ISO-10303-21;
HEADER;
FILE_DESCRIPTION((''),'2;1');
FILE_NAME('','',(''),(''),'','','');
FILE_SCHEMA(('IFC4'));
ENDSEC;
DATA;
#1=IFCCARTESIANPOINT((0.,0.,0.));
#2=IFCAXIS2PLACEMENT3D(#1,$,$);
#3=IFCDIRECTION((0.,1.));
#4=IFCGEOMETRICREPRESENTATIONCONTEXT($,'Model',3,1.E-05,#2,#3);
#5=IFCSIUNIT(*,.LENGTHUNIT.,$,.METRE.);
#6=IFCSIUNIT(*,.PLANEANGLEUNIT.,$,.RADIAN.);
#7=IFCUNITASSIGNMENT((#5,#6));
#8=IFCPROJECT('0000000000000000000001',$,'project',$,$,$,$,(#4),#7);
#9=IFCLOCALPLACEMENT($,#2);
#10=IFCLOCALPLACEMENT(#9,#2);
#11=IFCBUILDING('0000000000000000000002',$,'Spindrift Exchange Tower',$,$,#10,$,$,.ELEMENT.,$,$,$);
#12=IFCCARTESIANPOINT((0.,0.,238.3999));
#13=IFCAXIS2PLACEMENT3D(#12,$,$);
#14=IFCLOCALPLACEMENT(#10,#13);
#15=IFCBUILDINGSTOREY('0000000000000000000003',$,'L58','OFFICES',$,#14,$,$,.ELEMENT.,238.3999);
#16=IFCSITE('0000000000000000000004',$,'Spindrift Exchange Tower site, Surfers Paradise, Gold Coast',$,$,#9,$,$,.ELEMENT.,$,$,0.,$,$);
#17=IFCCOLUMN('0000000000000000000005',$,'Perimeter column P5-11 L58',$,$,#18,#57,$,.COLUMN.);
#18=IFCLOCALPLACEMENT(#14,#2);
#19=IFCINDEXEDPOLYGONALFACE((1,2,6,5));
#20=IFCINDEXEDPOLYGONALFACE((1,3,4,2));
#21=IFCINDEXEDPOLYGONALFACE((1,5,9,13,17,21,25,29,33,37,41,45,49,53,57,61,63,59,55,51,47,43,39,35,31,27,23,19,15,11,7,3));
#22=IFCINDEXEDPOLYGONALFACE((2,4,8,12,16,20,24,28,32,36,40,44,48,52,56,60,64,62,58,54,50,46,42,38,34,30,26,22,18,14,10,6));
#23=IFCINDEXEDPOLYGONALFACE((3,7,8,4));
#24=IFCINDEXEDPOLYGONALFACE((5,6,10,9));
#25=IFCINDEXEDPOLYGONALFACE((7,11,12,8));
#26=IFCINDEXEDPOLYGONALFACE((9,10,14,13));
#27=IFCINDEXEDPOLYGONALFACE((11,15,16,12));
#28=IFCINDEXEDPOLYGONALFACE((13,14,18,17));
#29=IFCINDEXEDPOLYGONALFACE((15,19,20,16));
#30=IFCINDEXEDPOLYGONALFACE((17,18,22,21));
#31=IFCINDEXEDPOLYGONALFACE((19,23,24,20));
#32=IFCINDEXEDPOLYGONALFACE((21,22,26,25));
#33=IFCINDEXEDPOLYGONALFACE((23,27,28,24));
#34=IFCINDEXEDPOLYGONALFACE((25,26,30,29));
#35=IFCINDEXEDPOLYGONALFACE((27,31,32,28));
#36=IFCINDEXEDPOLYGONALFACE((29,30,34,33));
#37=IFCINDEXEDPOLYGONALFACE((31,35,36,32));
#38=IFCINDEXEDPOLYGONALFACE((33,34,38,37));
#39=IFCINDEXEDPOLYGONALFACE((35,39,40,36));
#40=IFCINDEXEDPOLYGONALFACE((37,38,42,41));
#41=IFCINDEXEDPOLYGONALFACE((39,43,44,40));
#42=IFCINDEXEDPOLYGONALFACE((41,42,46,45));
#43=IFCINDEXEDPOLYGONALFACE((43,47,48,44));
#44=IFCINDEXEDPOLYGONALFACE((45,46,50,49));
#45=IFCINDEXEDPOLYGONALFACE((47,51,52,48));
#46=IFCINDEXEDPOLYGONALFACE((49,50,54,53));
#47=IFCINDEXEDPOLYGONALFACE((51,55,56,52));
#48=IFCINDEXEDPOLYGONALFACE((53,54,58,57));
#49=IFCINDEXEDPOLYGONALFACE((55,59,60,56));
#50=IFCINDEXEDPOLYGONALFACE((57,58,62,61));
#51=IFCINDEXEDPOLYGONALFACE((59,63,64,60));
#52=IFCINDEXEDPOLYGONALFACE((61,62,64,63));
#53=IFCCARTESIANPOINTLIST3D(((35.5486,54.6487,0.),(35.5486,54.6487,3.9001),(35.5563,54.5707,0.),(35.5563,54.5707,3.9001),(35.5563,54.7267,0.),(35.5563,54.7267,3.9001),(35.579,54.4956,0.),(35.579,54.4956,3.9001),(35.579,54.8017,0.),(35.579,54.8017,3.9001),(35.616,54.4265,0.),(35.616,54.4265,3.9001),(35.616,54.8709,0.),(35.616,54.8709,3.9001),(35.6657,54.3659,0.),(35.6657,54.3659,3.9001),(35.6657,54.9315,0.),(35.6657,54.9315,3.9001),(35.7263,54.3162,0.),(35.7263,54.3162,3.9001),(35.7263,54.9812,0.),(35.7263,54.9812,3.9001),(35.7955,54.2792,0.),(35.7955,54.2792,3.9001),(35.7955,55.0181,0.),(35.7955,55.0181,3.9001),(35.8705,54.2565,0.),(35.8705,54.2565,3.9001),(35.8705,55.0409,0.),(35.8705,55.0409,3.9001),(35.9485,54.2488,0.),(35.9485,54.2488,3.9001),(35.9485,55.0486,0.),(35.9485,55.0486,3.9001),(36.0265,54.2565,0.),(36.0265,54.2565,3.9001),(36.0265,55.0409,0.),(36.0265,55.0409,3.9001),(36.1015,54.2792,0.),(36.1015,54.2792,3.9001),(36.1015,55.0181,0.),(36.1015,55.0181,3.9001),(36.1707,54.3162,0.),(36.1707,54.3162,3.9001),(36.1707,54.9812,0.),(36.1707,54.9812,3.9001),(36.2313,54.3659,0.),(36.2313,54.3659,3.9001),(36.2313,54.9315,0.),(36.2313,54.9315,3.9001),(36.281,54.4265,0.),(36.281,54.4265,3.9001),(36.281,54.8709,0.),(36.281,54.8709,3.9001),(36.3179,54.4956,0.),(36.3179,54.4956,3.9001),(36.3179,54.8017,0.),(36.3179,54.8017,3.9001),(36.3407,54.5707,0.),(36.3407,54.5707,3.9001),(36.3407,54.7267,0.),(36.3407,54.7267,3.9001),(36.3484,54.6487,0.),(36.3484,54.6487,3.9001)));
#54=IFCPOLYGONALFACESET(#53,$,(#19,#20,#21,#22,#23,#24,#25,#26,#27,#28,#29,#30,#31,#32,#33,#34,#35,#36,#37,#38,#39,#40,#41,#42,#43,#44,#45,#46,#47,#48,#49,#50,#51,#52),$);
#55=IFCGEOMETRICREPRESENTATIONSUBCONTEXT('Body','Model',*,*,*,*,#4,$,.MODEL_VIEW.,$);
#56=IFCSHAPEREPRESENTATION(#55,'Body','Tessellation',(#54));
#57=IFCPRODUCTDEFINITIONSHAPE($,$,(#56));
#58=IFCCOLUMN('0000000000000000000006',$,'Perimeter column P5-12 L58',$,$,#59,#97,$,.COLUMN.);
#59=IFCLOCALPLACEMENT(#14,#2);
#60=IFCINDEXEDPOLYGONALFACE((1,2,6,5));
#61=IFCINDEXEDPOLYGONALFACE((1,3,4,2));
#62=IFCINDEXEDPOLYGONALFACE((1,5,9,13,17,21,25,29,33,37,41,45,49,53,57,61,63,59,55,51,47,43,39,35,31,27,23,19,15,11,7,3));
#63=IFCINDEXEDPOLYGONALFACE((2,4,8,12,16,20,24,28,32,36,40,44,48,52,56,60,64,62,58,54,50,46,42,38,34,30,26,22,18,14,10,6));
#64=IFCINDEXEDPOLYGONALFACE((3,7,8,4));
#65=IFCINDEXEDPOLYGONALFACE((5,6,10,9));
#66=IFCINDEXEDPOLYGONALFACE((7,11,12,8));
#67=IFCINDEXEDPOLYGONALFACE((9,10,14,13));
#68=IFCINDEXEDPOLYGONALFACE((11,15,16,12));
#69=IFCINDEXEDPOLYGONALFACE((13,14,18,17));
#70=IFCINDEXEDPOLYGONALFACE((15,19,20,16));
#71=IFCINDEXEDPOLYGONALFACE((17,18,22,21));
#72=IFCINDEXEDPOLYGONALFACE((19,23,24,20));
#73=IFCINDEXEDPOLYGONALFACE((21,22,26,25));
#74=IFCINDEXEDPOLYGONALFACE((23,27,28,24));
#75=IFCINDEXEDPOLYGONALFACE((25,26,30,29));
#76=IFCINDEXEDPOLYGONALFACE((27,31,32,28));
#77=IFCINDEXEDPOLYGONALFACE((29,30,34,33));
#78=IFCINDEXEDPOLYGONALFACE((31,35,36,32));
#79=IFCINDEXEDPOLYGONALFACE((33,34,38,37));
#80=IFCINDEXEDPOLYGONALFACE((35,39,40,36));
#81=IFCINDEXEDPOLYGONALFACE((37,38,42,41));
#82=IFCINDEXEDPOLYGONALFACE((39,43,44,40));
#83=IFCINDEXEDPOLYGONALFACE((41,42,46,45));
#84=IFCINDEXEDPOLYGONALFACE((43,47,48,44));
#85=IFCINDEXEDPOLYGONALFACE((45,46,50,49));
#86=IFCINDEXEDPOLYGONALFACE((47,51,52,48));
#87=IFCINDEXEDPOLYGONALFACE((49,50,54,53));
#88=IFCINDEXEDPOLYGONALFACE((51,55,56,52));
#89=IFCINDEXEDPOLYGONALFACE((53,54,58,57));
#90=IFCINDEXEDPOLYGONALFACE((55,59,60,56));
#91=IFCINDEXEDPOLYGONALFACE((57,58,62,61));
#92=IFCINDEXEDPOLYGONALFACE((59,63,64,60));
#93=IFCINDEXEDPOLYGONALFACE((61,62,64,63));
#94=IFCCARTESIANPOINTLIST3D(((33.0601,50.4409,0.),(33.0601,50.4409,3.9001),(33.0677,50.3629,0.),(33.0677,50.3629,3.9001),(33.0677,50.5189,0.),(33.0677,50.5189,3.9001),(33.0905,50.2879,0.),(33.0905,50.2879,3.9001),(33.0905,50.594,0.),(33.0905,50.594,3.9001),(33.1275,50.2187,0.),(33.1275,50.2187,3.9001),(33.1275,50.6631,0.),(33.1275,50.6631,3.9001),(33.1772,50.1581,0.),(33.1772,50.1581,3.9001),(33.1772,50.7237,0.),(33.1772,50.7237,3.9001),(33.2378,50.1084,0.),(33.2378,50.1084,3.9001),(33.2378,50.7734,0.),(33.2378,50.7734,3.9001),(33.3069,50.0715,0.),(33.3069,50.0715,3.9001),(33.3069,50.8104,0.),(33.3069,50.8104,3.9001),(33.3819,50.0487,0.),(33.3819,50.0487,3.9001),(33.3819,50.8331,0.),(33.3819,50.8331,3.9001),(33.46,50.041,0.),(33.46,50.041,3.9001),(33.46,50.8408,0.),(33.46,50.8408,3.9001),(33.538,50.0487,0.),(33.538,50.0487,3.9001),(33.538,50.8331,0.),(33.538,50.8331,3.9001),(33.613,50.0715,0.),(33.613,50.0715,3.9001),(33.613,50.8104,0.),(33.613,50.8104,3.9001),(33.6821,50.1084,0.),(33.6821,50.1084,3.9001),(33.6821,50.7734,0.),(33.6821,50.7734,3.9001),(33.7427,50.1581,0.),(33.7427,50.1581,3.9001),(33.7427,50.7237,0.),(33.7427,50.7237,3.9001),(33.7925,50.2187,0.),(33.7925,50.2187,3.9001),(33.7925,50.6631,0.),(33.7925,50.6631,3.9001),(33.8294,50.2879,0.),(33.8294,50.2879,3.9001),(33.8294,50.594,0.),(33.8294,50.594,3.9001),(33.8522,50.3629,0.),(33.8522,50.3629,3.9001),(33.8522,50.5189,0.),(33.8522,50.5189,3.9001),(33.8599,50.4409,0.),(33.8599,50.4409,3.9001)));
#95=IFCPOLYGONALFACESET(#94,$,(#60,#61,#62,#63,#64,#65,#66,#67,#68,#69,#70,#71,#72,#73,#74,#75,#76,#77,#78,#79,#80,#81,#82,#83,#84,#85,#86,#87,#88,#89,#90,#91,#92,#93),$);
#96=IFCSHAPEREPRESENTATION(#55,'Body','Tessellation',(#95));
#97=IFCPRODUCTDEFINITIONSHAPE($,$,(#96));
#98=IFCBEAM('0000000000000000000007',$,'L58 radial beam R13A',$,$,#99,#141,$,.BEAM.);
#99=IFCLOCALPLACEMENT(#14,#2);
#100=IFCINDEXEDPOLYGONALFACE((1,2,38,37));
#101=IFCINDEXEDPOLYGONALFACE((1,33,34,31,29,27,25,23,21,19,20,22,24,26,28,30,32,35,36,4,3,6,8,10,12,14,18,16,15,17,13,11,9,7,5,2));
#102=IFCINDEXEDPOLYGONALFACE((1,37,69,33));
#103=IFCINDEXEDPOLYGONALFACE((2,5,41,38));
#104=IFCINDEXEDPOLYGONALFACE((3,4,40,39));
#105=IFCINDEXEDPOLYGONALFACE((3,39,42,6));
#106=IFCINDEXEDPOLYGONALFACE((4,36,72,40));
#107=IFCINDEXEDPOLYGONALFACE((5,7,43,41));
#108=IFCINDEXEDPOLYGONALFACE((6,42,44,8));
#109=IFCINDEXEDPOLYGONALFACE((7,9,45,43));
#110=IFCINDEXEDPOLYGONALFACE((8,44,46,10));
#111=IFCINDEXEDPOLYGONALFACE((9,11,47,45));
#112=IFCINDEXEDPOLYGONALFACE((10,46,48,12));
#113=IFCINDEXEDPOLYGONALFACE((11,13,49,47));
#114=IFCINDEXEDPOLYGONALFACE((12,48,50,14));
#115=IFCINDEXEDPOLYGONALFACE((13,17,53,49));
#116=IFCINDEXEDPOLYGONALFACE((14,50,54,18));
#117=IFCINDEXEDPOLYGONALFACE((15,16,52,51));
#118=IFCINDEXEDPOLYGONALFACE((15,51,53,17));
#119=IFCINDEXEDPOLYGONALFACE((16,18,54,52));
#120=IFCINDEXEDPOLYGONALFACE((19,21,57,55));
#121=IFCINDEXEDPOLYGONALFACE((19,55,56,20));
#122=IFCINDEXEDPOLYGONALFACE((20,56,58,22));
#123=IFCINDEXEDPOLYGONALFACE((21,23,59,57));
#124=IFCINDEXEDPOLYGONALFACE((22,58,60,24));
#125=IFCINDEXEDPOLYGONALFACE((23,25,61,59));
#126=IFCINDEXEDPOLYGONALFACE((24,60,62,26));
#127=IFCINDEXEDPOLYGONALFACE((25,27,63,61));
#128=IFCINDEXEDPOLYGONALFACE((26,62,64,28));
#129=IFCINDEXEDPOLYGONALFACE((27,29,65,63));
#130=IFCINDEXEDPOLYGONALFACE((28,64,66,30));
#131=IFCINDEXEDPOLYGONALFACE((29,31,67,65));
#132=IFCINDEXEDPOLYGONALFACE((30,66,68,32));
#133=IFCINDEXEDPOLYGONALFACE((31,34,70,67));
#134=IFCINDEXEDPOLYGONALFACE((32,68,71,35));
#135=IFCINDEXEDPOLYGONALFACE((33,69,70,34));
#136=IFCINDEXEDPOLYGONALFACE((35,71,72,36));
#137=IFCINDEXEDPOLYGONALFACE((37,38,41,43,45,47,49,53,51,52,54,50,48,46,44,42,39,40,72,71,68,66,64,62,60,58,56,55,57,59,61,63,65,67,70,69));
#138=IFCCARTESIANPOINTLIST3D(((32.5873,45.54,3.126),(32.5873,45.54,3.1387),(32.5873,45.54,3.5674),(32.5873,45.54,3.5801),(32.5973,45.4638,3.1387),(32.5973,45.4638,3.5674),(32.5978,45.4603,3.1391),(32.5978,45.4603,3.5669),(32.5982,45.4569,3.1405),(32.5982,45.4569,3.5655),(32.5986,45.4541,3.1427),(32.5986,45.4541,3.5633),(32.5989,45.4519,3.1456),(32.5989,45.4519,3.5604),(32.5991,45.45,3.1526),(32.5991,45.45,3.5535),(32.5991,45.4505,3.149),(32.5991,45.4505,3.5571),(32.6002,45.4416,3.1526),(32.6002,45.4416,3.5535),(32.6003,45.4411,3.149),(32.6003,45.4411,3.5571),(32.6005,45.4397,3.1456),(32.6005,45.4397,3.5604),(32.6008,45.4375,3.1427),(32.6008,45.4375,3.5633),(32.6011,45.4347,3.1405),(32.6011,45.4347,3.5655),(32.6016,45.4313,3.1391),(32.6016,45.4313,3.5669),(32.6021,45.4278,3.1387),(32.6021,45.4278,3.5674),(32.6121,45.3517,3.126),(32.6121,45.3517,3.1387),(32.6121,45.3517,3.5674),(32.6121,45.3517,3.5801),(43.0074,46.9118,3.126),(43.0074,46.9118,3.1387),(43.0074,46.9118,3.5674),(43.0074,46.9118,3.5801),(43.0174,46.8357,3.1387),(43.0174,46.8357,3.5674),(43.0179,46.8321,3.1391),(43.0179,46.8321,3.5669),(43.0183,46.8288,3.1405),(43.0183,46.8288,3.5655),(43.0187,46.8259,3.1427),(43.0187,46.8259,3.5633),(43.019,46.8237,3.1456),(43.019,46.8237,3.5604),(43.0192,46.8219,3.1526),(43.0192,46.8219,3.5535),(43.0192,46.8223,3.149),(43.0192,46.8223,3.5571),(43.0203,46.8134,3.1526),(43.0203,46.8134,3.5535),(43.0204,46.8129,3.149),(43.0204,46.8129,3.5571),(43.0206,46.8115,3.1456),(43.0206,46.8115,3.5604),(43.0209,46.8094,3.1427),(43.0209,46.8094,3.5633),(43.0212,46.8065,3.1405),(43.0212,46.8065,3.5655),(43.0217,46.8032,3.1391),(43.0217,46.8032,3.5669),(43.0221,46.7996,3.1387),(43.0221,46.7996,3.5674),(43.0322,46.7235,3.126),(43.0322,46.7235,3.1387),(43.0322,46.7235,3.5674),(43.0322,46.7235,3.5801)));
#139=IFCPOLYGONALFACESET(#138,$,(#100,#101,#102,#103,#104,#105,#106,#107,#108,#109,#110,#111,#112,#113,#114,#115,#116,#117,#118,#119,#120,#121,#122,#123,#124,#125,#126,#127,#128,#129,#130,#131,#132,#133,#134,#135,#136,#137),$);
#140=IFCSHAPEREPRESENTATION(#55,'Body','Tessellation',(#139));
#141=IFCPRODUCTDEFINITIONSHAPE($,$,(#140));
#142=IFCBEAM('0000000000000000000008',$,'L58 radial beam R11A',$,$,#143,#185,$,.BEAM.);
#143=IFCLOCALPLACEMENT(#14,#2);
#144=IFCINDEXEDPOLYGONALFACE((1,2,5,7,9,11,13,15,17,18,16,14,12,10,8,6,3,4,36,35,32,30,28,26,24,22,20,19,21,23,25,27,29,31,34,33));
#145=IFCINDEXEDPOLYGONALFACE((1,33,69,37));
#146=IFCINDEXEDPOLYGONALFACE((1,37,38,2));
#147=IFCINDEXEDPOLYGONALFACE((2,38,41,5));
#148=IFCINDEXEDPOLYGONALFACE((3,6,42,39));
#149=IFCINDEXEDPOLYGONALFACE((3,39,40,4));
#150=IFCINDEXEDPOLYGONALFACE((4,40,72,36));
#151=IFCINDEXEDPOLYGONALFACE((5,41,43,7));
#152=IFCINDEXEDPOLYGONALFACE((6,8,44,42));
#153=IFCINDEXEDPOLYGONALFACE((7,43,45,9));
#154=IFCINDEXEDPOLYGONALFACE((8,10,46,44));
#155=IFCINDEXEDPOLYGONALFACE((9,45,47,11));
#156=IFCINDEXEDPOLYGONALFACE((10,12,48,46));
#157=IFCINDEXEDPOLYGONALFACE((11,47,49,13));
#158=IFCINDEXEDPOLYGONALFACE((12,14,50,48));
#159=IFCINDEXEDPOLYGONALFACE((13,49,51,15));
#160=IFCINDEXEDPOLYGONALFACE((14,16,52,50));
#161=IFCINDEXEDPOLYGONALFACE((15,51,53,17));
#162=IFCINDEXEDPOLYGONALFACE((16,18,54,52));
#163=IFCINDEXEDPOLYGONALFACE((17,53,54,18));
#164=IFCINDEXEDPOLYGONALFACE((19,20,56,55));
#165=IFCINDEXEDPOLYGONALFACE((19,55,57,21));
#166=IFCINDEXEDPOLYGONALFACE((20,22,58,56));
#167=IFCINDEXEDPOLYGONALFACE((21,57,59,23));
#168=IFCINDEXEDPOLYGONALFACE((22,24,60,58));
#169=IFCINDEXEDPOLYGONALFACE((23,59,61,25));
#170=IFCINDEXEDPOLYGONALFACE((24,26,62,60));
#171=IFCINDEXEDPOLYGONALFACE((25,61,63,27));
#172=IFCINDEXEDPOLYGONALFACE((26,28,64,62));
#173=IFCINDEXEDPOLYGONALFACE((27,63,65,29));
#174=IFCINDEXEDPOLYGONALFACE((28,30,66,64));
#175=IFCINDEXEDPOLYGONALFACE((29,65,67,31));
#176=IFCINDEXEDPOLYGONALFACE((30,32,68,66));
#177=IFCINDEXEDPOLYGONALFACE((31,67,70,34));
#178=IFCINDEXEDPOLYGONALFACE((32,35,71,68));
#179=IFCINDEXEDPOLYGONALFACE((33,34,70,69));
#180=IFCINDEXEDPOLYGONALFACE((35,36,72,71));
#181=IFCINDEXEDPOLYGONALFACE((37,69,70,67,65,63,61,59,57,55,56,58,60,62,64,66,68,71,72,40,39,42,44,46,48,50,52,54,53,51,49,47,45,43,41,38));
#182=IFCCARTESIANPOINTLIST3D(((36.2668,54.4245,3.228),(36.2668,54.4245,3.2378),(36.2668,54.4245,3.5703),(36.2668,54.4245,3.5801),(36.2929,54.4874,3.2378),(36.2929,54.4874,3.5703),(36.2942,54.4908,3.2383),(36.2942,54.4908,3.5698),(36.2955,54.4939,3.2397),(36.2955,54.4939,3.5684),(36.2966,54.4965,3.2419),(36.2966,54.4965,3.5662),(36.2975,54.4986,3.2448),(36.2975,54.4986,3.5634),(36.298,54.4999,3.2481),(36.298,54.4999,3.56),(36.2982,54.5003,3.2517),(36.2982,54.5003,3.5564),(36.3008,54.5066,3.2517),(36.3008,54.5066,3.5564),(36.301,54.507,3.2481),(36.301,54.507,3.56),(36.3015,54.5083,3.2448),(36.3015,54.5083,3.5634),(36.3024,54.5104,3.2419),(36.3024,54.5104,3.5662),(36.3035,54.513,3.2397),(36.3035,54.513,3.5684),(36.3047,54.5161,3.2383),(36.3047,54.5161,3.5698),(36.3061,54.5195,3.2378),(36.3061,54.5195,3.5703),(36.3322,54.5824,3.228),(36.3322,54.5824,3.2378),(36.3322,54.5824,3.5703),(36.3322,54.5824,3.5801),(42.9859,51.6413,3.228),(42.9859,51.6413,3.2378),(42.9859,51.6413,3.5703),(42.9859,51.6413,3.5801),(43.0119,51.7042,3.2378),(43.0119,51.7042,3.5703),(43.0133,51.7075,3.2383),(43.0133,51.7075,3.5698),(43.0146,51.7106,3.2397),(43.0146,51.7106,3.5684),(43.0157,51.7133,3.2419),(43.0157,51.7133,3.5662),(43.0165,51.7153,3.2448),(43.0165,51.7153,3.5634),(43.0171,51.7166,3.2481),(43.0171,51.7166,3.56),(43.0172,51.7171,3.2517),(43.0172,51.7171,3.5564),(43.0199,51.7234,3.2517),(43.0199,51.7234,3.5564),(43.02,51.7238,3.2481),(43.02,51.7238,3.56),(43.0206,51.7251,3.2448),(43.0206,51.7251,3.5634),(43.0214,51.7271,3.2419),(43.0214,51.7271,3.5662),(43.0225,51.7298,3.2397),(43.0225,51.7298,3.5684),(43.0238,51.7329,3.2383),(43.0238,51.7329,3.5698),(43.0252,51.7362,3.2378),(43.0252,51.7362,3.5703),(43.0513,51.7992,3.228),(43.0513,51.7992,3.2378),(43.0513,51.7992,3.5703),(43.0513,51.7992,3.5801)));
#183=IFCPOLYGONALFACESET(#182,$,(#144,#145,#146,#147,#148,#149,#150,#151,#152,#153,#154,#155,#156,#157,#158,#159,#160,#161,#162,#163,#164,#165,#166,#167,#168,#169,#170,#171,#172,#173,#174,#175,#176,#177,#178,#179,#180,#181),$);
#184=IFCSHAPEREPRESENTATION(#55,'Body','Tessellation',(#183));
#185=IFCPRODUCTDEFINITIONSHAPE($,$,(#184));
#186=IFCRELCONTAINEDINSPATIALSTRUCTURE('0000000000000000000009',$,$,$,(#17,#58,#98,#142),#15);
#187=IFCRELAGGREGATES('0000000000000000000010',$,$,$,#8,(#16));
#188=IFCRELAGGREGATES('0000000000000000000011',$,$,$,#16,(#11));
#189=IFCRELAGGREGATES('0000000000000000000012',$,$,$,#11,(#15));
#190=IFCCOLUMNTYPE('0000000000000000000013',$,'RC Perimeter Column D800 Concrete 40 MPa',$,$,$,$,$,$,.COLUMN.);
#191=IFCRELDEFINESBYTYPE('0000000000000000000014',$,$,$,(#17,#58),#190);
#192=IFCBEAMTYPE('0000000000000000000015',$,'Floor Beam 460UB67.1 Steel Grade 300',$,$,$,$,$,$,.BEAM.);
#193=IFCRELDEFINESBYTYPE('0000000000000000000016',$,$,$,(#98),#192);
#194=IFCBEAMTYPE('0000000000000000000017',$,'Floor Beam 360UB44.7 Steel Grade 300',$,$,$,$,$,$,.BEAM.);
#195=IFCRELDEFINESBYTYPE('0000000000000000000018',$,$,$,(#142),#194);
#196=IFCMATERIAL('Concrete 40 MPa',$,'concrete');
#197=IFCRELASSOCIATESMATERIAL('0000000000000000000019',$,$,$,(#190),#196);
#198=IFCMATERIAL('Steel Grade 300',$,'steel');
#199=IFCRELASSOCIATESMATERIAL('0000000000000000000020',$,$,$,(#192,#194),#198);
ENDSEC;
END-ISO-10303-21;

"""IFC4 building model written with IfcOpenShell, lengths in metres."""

from ifc_helpers import new_model, si_unit, direction, frame, origin, origin_2d, place, context, subcontext, project, spatial, circle, i_section, extrude, source, transform, mapped, material, material_profile, profile_set, type_object, element, save


model = new_model("IFC4")

# Units and contexts
model_context = context("Model", 3, precision=1e-05, world=origin(), true_north=direction((0.0, 1.0)))
body_context = subcontext(model_context, "Body", "Model", "MODEL_VIEW")
ifc_project = project(units=[si_unit("LENGTHUNIT", "METRE"), si_unit("PLANEANGLEUNIT", "RADIAN")], contexts=[model_context])

# Site, building, storey
site_placement = place(None, origin())
site = spatial("IfcSite", under=ifc_project, at=site_placement, Name="Spindrift Exchange Tower site, Surfers Paradise, Gold Coast", CompositionType="ELEMENT", RefElevation=0.0)
building_placement = place(site_placement, origin())
building = spatial("IfcBuilding", under=site, at=building_placement, Name="Spindrift Exchange Tower", CompositionType="ELEMENT")
storey_placement = place(building_placement, frame((0.0, 0.0, 238.3999)))
storey = spatial("IfcBuildingStorey", under=building, at=storey_placement, Name="L58", Description="OFFICES", CompositionType="ELEMENT", Elevation=238.3999)

# Columns
ifc_material_1 = material(Name="Concrete 40 MPa", Category="concrete")
ifc_material_profile_1 = material_profile(ifc_material_1, circle(Radius=0.3999, at=origin_2d()), Name="RC D800")
ifc_profile_set_1 = profile_set([ifc_material_profile_1], Name="Concrete 40 MPa")
column_type = type_object("IfcColumnType", Name="RC Perimeter Column D800 Concrete 40 MPa", PredefinedType="COLUMN", material=ifc_profile_set_1)
shared_shape_1 = source(origin(), body_context, "Body", "SweptSolid", [
    extrude(circle(Radius=0.3999, at=origin_2d()), origin(), (0.0, 0.0, 1.0), 3.9001),
])
for number, where, z_axis, x_axis, name in (
    (1, (35.9485, 54.6487, 0.0), (0.0, 0.0, 1.0), (1.0, 0.0, 0.0), "Perimeter column P5-11 L58"),
    (2, (33.46, 50.4409, 0.0), (0.0, 0.0, 1.0), (1.0, 0.0, 0.0), "Perimeter column P5-12 L58"),
):
    element("IfcColumn", number, at=place(storey_placement, frame(where, z_axis=z_axis, x_axis=x_axis)), inside=storey, type_object=column_type, Name=name, PredefinedType="COLUMN", context=body_context, shape_type="MappedRepresentation", body=[
        mapped(shared_shape_1, transform((0.0, 0.0, 0.0), scale=1.0)),
    ])

# Beams
ifc_material_2 = material(Name="Steel Grade 300", Category="steel")
ifc_material_profile_2 = material_profile(ifc_material_2, i_section(OverallWidth=0.1899, OverallDepth=0.4541, WebThickness=0.0085, FlangeThickness=0.0127, FilletRadius=0.0139, at=origin_2d()), Name="460UB67.1")
ifc_profile_set_2 = profile_set([ifc_material_profile_2], Name="Steel Grade 300")
beam_type_1 = type_object("IfcBeamType", Name="Floor Beam 460UB67.1 Steel Grade 300", PredefinedType="BEAM", material=ifc_profile_set_2)
shared_shape_2 = source(origin(), body_context, "Body", "SweptSolid", [
    extrude(i_section(OverallWidth=0.1899, OverallDepth=0.4541, WebThickness=0.0085, FlangeThickness=0.0127, FilletRadius=0.0139, at=origin_2d()), origin(), (0.0, 0.0, 1.0), 10.51),
])
beam_1_placement = place(storey_placement, frame((43.0198, 46.8176, 3.353), z_axis=(-0.991445, -0.130525, 0.0), x_axis=(0.130525, -0.991445, 0.0)))
element("IfcBeam", 3, at=beam_1_placement, inside=storey, type_object=beam_type_1, Name="L58 radial beam R13A", PredefinedType="BEAM", context=body_context, shape_type="MappedRepresentation", body=[
    mapped(shared_shape_2, transform((0.0, 0.0, 0.0), scale=1.0)),
])
ifc_material_profile_3 = material_profile(ifc_material_2, i_section(OverallWidth=0.1709, OverallDepth=0.3521, WebThickness=0.0068, FlangeThickness=0.0098, FilletRadius=0.0139, at=origin_2d()), Name="360UB44.7")
ifc_profile_set_3 = profile_set([ifc_material_profile_3], Name="Steel Grade 300")
beam_type_2 = type_object("IfcBeamType", Name="Floor Beam 360UB44.7 Steel Grade 300", PredefinedType="BEAM", material=ifc_profile_set_3)
shared_shape_3 = source(origin(), body_context, "Body", "SweptSolid", [
    extrude(i_section(OverallWidth=0.1709, OverallDepth=0.3521, WebThickness=0.0068, FlangeThickness=0.0098, FilletRadius=0.0139, at=origin_2d()), origin(), (0.0, 0.0, 1.0), 7.2727),
])
beam_2_placement = place(storey_placement, frame((43.0186, 51.7202, 3.4041), z_axis=(-0.923874, 0.382696, 0.0), x_axis=(-0.382696, -0.923874, 0.0)))
element("IfcBeam", 4, at=beam_2_placement, inside=storey, type_object=beam_type_2, Name="L58 radial beam R11A", PredefinedType="BEAM", context=body_context, shape_type="MappedRepresentation", body=[
    mapped(shared_shape_3, transform((0.0, 0.0, 0.0), scale=1.0)),
])

save(model, "model.ifc")
